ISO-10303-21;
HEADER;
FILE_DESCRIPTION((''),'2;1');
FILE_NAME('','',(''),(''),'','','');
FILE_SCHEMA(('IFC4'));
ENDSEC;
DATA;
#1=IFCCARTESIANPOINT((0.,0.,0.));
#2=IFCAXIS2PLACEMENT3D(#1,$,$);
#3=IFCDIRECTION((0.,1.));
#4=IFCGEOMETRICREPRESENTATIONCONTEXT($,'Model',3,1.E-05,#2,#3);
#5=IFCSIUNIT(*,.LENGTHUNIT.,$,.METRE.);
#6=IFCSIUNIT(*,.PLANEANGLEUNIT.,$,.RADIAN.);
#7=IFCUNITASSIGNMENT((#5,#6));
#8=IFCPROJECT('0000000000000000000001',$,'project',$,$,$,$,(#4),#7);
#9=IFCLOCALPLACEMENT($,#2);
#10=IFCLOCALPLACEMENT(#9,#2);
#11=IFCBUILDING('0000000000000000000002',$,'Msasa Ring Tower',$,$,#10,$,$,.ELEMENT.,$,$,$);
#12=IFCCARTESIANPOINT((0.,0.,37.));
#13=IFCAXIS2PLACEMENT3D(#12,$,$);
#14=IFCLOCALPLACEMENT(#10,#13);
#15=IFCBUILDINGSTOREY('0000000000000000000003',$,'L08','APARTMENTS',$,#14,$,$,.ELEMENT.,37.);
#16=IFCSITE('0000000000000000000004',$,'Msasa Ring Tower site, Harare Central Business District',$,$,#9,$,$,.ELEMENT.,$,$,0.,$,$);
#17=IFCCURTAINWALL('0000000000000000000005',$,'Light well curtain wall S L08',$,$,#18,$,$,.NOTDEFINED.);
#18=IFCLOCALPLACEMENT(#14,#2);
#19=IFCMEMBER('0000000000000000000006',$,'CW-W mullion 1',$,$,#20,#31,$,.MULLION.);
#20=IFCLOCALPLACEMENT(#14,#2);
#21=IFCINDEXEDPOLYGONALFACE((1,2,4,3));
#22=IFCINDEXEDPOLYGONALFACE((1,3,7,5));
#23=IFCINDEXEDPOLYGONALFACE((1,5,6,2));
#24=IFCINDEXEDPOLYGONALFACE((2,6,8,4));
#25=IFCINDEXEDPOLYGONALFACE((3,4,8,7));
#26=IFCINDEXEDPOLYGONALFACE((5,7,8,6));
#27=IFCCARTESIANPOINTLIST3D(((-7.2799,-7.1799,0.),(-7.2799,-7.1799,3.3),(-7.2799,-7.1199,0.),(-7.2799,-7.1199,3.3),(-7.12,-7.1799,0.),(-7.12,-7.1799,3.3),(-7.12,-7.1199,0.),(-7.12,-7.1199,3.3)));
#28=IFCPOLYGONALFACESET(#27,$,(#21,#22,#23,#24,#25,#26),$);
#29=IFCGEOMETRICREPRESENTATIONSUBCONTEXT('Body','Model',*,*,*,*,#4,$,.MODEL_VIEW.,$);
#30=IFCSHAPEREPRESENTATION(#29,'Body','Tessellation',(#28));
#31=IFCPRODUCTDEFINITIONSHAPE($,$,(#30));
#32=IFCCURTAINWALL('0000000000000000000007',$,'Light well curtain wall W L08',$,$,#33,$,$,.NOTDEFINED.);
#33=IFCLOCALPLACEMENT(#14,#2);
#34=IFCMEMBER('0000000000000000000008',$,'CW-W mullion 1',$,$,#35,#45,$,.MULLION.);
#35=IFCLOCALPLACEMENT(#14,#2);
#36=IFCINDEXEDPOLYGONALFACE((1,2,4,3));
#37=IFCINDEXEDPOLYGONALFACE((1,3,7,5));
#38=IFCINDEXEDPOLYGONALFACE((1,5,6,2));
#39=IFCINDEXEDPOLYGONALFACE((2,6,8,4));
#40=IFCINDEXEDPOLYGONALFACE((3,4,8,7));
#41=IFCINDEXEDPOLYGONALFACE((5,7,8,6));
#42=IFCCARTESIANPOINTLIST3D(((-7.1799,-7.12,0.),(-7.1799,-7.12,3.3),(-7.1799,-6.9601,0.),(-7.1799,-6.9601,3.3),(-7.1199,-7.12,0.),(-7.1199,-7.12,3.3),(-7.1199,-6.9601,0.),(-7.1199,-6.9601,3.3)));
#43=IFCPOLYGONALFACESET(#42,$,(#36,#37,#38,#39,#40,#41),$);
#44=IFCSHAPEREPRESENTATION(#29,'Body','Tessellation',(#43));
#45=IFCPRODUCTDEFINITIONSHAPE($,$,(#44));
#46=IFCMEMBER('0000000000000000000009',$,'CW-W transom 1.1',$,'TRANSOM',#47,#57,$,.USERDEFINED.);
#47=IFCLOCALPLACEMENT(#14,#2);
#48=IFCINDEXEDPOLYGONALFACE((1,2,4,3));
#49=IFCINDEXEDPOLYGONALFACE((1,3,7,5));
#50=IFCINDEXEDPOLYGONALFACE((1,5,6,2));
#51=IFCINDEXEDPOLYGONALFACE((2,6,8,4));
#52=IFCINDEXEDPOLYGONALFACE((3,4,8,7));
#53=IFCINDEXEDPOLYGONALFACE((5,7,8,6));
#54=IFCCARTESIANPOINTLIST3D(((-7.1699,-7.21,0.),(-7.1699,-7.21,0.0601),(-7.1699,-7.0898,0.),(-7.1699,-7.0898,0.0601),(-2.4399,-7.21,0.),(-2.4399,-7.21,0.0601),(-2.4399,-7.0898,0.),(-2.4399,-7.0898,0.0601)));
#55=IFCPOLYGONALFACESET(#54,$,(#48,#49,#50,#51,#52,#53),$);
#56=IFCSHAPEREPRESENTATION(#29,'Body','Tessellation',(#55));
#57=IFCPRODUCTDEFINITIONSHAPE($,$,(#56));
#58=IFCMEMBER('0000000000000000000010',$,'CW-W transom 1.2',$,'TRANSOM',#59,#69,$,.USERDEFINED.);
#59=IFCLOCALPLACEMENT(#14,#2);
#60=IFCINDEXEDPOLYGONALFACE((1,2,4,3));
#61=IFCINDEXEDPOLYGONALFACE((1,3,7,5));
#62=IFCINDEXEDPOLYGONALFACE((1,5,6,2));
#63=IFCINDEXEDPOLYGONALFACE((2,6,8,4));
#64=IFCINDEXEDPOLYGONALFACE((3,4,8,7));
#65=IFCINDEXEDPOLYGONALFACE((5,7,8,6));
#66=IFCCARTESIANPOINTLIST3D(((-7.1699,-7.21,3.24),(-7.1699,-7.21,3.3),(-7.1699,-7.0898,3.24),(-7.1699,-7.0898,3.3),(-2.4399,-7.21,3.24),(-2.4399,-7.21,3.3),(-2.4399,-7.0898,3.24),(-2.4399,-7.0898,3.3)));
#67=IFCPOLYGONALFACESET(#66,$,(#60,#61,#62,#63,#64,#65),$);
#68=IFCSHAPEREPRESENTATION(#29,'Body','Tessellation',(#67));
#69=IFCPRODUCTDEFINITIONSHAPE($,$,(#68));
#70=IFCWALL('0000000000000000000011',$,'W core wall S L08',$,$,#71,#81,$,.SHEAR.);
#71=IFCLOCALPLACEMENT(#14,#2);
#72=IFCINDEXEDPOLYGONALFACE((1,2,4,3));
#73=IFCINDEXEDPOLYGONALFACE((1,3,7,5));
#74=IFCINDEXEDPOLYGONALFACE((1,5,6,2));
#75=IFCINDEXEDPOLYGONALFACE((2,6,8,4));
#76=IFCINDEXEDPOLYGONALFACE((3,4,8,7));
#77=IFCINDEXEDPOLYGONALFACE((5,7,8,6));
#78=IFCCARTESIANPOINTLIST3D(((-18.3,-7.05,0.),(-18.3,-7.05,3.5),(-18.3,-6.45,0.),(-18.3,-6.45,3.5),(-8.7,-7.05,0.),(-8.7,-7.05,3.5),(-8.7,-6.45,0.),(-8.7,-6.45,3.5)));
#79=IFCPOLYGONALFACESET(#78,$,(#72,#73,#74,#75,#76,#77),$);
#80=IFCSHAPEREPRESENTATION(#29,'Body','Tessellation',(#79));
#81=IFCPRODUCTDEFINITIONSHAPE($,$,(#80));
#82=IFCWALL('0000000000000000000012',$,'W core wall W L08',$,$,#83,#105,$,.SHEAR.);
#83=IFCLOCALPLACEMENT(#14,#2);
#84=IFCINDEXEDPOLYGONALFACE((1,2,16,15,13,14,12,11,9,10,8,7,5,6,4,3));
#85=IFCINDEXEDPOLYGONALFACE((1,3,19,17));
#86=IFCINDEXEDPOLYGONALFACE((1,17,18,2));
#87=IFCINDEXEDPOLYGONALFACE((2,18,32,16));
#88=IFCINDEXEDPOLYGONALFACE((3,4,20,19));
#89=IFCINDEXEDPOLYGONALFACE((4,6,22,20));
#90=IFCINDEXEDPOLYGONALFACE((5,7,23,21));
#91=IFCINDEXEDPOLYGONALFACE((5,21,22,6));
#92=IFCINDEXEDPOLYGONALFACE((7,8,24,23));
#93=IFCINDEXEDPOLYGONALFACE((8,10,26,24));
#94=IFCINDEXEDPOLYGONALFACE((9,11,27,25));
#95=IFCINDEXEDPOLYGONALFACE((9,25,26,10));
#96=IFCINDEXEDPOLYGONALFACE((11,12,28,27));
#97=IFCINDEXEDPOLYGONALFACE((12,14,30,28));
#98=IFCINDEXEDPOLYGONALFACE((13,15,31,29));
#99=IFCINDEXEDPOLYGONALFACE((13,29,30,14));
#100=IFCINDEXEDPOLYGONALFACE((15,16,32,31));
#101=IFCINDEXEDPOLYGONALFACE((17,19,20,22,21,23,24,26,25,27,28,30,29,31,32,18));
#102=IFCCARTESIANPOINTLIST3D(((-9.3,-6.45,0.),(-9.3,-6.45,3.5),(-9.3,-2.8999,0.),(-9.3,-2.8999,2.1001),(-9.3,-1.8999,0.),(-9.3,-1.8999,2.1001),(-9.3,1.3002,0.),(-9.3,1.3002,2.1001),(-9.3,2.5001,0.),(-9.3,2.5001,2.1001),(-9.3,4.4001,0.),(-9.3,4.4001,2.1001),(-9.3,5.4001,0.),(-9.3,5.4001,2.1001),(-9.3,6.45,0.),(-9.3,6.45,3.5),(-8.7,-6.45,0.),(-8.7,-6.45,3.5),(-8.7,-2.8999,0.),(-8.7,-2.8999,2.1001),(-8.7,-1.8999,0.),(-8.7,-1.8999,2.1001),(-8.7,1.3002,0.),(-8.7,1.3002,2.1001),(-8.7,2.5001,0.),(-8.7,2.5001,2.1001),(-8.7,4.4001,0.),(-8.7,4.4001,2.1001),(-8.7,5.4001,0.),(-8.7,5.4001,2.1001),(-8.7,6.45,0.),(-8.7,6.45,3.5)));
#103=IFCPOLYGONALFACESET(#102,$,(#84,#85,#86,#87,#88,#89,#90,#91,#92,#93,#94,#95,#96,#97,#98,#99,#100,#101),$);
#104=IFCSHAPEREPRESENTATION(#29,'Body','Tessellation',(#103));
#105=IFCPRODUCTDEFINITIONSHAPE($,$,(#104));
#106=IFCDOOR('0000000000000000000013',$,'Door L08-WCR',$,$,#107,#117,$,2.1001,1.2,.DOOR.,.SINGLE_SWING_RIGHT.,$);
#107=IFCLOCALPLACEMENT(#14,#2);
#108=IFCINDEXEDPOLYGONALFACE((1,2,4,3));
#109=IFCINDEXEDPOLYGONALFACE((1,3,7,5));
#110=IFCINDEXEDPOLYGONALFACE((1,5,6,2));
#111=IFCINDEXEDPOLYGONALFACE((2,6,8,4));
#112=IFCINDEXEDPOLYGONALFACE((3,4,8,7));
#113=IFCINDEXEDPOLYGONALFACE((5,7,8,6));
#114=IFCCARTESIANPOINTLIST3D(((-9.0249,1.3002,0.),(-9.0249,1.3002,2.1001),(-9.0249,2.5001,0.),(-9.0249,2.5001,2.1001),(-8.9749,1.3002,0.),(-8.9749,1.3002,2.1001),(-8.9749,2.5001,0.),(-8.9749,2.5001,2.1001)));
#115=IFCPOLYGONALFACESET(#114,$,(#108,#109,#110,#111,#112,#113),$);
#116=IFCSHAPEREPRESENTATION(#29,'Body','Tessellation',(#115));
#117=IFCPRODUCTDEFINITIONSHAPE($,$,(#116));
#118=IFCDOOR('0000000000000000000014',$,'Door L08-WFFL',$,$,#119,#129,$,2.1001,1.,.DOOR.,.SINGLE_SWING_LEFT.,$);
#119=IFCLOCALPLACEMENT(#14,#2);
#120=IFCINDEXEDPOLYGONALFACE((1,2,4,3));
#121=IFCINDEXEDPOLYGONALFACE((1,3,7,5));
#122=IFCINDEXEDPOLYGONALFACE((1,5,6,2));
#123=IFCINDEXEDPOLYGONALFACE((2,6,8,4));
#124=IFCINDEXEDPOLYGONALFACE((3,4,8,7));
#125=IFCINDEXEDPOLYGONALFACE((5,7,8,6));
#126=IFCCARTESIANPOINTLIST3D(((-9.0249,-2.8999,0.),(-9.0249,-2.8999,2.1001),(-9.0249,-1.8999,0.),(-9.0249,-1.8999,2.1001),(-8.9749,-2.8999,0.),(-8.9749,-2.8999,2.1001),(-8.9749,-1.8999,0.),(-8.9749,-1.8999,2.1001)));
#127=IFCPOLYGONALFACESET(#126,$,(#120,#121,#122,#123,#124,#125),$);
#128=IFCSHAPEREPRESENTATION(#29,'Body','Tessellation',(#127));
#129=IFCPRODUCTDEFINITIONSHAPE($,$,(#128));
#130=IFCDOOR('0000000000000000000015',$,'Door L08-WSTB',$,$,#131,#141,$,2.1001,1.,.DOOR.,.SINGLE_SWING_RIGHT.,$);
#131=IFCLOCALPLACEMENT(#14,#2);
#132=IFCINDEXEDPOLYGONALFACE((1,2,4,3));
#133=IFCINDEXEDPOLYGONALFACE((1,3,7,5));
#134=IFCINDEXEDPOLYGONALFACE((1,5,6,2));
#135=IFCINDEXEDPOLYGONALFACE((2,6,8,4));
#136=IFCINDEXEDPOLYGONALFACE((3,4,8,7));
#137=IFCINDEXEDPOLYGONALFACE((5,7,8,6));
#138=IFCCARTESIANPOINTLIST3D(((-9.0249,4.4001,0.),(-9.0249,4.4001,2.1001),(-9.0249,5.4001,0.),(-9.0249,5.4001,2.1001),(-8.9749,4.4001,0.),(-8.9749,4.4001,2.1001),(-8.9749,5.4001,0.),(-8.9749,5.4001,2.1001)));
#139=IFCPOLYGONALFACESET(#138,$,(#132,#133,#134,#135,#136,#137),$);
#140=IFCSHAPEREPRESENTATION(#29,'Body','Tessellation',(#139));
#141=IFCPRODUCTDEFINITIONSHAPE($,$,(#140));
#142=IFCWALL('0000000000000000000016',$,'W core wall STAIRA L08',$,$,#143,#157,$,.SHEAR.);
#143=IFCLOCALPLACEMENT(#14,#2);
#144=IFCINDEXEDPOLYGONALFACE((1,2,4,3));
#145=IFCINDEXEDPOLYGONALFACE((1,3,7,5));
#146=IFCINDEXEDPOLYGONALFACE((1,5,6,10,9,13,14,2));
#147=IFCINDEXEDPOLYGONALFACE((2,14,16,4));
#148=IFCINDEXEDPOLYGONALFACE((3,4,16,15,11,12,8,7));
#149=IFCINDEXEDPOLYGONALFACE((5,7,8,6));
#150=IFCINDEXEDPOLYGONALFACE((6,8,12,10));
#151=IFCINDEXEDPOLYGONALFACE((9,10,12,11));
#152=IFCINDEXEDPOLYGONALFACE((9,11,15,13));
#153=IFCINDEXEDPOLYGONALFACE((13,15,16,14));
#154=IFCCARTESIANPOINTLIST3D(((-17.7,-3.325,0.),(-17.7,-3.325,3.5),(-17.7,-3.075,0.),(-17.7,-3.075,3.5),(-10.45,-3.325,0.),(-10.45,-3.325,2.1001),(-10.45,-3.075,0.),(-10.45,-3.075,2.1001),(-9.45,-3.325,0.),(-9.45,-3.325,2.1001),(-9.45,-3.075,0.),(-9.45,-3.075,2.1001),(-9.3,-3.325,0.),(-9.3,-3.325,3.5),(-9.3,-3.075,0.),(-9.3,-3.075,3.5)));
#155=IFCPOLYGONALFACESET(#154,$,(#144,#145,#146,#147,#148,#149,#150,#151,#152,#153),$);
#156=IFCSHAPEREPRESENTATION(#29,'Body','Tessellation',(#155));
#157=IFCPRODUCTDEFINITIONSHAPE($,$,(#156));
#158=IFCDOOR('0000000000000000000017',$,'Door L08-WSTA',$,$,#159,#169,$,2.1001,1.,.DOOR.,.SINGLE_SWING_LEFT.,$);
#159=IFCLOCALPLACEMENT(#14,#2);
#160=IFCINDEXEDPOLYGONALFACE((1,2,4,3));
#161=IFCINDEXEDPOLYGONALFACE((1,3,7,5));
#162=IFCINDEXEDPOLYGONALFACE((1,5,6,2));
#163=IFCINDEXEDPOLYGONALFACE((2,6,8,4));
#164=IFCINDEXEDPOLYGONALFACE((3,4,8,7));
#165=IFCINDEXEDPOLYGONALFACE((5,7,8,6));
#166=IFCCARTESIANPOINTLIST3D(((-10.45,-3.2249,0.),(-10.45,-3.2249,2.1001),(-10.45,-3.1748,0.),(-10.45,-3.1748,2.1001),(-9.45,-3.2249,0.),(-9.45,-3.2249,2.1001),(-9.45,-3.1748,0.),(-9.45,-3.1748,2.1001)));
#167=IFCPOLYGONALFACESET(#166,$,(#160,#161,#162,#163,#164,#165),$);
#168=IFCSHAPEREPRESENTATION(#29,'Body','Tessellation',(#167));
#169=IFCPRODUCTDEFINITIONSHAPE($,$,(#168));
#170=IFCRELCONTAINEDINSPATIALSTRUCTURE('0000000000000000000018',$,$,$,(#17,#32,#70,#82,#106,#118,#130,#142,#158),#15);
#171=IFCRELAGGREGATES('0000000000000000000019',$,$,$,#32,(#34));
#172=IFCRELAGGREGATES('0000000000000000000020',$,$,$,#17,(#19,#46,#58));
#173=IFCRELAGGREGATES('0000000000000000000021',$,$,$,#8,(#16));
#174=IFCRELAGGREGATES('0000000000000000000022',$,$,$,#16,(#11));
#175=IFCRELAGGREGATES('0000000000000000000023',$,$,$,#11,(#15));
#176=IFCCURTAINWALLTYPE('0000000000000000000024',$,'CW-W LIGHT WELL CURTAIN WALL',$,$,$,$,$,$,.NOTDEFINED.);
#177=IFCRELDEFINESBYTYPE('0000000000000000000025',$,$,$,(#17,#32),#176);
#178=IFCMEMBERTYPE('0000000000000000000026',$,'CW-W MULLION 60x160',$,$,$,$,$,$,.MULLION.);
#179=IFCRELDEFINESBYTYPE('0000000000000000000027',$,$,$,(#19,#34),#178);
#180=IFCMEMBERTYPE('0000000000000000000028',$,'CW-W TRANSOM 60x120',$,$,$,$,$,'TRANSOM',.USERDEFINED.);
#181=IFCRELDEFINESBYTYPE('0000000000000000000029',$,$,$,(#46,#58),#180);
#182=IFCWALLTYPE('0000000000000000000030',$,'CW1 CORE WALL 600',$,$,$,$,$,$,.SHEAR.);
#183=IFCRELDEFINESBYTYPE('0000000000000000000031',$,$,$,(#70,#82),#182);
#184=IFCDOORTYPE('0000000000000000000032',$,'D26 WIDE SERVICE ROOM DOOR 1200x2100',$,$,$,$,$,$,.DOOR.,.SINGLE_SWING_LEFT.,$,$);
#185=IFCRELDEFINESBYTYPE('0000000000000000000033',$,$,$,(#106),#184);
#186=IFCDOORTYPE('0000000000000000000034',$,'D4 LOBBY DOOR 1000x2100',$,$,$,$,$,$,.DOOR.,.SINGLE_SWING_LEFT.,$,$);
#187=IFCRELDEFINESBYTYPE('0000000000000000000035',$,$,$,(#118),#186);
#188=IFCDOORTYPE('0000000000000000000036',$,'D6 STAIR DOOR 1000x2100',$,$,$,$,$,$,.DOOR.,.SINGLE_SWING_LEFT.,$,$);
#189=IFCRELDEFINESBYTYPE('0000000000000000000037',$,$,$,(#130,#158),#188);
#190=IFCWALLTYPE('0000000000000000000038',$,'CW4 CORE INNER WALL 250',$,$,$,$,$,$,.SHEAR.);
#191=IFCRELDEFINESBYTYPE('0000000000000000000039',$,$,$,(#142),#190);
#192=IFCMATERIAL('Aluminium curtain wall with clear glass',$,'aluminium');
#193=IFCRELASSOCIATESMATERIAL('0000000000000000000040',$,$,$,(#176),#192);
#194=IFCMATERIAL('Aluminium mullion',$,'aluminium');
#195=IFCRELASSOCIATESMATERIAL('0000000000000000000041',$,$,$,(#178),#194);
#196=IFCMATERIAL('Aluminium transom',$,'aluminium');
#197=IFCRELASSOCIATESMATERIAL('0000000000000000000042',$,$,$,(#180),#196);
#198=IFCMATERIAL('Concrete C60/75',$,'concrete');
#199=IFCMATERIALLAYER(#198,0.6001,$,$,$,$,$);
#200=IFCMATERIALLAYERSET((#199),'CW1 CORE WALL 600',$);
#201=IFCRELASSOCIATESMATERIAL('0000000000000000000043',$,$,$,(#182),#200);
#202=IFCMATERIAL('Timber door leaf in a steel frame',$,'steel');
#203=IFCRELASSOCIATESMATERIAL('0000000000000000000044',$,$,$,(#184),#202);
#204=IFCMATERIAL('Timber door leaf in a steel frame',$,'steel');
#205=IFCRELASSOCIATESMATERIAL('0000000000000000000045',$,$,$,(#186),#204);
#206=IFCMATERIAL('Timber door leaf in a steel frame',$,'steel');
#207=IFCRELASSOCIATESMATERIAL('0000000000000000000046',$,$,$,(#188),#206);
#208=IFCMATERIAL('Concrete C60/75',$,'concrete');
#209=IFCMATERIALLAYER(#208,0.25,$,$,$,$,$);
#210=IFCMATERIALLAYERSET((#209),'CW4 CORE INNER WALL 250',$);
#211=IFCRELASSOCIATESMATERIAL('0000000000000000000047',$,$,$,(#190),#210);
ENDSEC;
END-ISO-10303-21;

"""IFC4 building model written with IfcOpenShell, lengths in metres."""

from ifc_helpers import new_model, si_unit, direction, frame, frame_2d, origin, origin_2d, place, context, subcontext, project, spatial, rectangle, extrude, material, layer, layer_set, material_profile, profile_set, type_object, element, fill, aggregate, save


model = new_model("IFC4")

# Units and contexts
model_context = context("Model", 3, precision=1e-05, world=origin(), true_north=direction((0.0, 1.0)))
body_context = subcontext(model_context, "Body", "Model", "MODEL_VIEW")
ifc_project = project(units=[si_unit("LENGTHUNIT", "METRE"), si_unit("PLANEANGLEUNIT", "RADIAN")], contexts=[model_context])

# Site, building, storey
site_placement = place(None, origin())
site = spatial("IfcSite", under=ifc_project, at=site_placement, Name="Msasa Ring Tower site, Harare Central Business District", CompositionType="ELEMENT", RefElevation=0.0)
building_placement = place(site_placement, origin())
building = spatial("IfcBuilding", under=site, at=building_placement, Name="Msasa Ring Tower", CompositionType="ELEMENT")
storey_placement = place(building_placement, frame((0.0, 0.0, 37.0)))
storey = spatial("IfcBuildingStorey", under=building, at=storey_placement, Name="L08", Description="APARTMENTS", CompositionType="ELEMENT", Elevation=37.0)

# Curtain walls, members
ifc_material_1 = material(Name="Aluminium curtain wall with clear glass", Category="aluminium")
curtain_wall_type = type_object("IfcCurtainWallType", Name="CW-W LIGHT WELL CURTAIN WALL", PredefinedType="NOTDEFINED", material=ifc_material_1)
curtain_wall_1_placement = place(storey_placement, origin())
curtain_wall_1 = element("IfcCurtainWall", 1, at=curtain_wall_1_placement, inside=storey, type_object=curtain_wall_type, Name="Light well curtain wall S L08", PredefinedType="NOTDEFINED")
ifc_material_2 = material(Name="Aluminium mullion", Category="aluminium")
ifc_material_profile_1 = material_profile(ifc_material_2, rectangle(XDim=0.0601, YDim=0.1599, at=origin_2d()), Name="AL 60x160")
ifc_profile_set_1 = profile_set([ifc_material_profile_1], Name="Aluminium mullion")
member_type_1 = type_object("IfcMemberType", Name="CW-W MULLION 60x160", PredefinedType="MULLION", material=ifc_profile_set_1)
member_1_placement = place(storey_placement, frame((-7.2, -7.1499, 0.0), z_axis=(0.0, 0.0, 1.0), x_axis=(0.0, 1.0, 0.0)))
member_1 = element("IfcMember", 2, at=member_1_placement, type_object=member_type_1, Name="CW-W mullion 1", PredefinedType="MULLION", context=body_context, shape_type="SweptSolid", body=[
    extrude(rectangle(XDim=0.0601, YDim=0.1599, at=origin_2d()), origin(), (0.0, 0.0, 1.0), 3.3),
])
curtain_wall_2_placement = place(storey_placement, origin())
curtain_wall_2 = element("IfcCurtainWall", 3, at=curtain_wall_2_placement, inside=storey, type_object=curtain_wall_type, Name="Light well curtain wall W L08", PredefinedType="NOTDEFINED")
member_2_placement = place(storey_placement, frame((-7.1499, -7.04, 0.0), z_axis=(0.0, 0.0, 1.0), x_axis=(-1.0, 0.0, 0.0)))
member_2 = element("IfcMember", 4, at=member_2_placement, type_object=member_type_1, Name="CW-W mullion 1", PredefinedType="MULLION", context=body_context, shape_type="SweptSolid", body=[
    extrude(rectangle(XDim=0.0601, YDim=0.1599, at=origin_2d()), origin(), (0.0, 0.0, 1.0), 3.3),
])
aggregate(curtain_wall_2, [member_2])

# Members
ifc_material_3 = material(Name="Aluminium transom", Category="aluminium")
ifc_material_profile_2 = material_profile(ifc_material_3, rectangle(XDim=0.1201, YDim=0.0601, at=origin_2d()), Name="AL 60x120")
ifc_profile_set_2 = profile_set([ifc_material_profile_2], Name="Aluminium transom")
member_type_2 = type_object("IfcMemberType", Name="CW-W TRANSOM 60x120", ElementType="TRANSOM", PredefinedType="USERDEFINED", material=ifc_profile_set_2)
member_3_placement = place(storey_placement, frame((-7.1699, -7.1499, 0.03), z_axis=(1.0, 0.0, 0.0), x_axis=(0.0, 1.0, 0.0)))
member_3 = element("IfcMember", 5, at=member_3_placement, type_object=member_type_2, Name="CW-W transom 1.1", ObjectType="TRANSOM", PredefinedType="USERDEFINED", context=body_context, shape_type="SweptSolid", body=[
    extrude(rectangle(XDim=0.1201, YDim=0.0601, at=origin_2d()), origin(), (0.0, 0.0, 1.0), 4.73),
])
member_4_placement = place(storey_placement, frame((-7.1699, -7.1499, 3.27), z_axis=(1.0, 0.0, 0.0), x_axis=(0.0, 1.0, 0.0)))
member_4 = element("IfcMember", 6, at=member_4_placement, type_object=member_type_2, Name="CW-W transom 1.2", ObjectType="TRANSOM", PredefinedType="USERDEFINED", context=body_context, shape_type="SweptSolid", body=[
    extrude(rectangle(XDim=0.1201, YDim=0.0601, at=origin_2d()), origin(), (0.0, 0.0, 1.0), 4.73),
])
aggregate(curtain_wall_1, [member_1, member_3, member_4])

# Wall
ifc_material_4 = material(Name="Concrete C60/75", Category="concrete")
ifc_layer_1 = layer(ifc_material_4, 0.6001)
ifc_layer_set_1 = layer_set([ifc_layer_1], Name="CW1 CORE WALL 600")
wall_type_1 = type_object("IfcWallType", Name="CW1 CORE WALL 600", PredefinedType="SHEAR", material=ifc_layer_set_1)
wall_1_placement = place(storey_placement, frame((-8.7, -6.75, 0.0), z_axis=(0.0, 0.0, 1.0), x_axis=(-1.0, 0.0, 0.0)))
element("IfcWall", 7, at=wall_1_placement, inside=storey, type_object=wall_type_1, Name="W core wall S L08", PredefinedType="SHEAR", context=body_context, shape_type="SweptSolid", body=[
    extrude(rectangle(XDim=9.6001, YDim=0.6001, at=frame_2d((4.8, 0.0))), origin(), (0.0, 0.0, 1.0), 3.5),
])

# Wall, openings, doors
wall_2_placement = place(storey_placement, frame((-9.0, -6.45, 0.0), z_axis=(0.0, 0.0, 1.0), x_axis=(0.0, 1.0, 0.0)))
wall_2 = element("IfcWall", 8, at=wall_2_placement, inside=storey, type_object=wall_type_1, Name="W core wall W L08", PredefinedType="SHEAR", context=body_context, shape_type="SweptSolid", body=[
    extrude(rectangle(XDim=12.8999, YDim=0.6001, at=frame_2d((6.45, 0.0))), origin(), (0.0, 0.0, 1.0), 3.5),
])
opening_1_placement = place(wall_2_placement, frame((3.55, 0.0, 0.0)))
opening_1 = element("IfcOpeningElement", 9, at=opening_1_placement, cuts=wall_2, PredefinedType="OPENING", context=body_context, shape_type="SweptSolid", body=[
    extrude(rectangle(XDim=1.0, YDim=2.1001, at=frame_2d((0.5, 1.05))), frame((0.0, 0.3101, 0.0), z_axis=(0.0, -1.0, 0.0), x_axis=(1.0, 0.0, 0.0)), (0.0, 0.0, 1.0), 0.6201),
])
opening_2_placement = place(wall_2_placement, frame((7.75, 0.0, 0.0)))
opening_2 = element("IfcOpeningElement", 10, at=opening_2_placement, cuts=wall_2, PredefinedType="OPENING", context=body_context, shape_type="SweptSolid", body=[
    extrude(rectangle(XDim=1.2, YDim=2.1001, at=frame_2d((0.6001, 1.05))), frame((0.0, 0.3101, 0.0), z_axis=(0.0, -1.0, 0.0), x_axis=(1.0, 0.0, 0.0)), (0.0, 0.0, 1.0), 0.6201),
])
opening_3_placement = place(wall_2_placement, frame((10.8501, 0.0, 0.0)))
opening_3 = element("IfcOpeningElement", 11, at=opening_3_placement, cuts=wall_2, PredefinedType="OPENING", context=body_context, shape_type="SweptSolid", body=[
    extrude(rectangle(XDim=1.0, YDim=2.1001, at=frame_2d((0.5, 1.05))), frame((0.0, 0.3101, 0.0), z_axis=(0.0, -1.0, 0.0), x_axis=(1.0, 0.0, 0.0)), (0.0, 0.0, 1.0), 0.6201),
])
ifc_material_5 = material(Name="Timber door leaf in a steel frame", Category="steel")
door_type_1 = type_object("IfcDoorType", Name="D26 WIDE SERVICE ROOM DOOR 1200x2100", OperationType="SINGLE_SWING_LEFT", PredefinedType="DOOR", material=ifc_material_5)
door_1_placement = place(opening_2_placement, origin())
door_1 = element("IfcDoor", 12, at=door_1_placement, inside=storey, type_object=door_type_1, Name="Door L08-WCR", OperationType="SINGLE_SWING_RIGHT", OverallHeight=2.1001, OverallWidth=1.2, PredefinedType="DOOR", context=body_context, shape_type="SweptSolid", body=[
    extrude(rectangle(XDim=1.2, YDim=2.1001, at=frame_2d((0.6001, 1.05))), frame((0.0, 0.0249, 0.0), z_axis=(0.0, -1.0, 0.0), x_axis=(1.0, 0.0, 0.0)), (0.0, 0.0, 1.0), 0.05),
])
fill(opening_2, door_1)
ifc_material_6 = material(Name="Timber door leaf in a steel frame", Category="steel")
door_type_2 = type_object("IfcDoorType", Name="D4 LOBBY DOOR 1000x2100", OperationType="SINGLE_SWING_LEFT", PredefinedType="DOOR", material=ifc_material_6)
door_2_placement = place(opening_1_placement, origin())
door_2 = element("IfcDoor", 13, at=door_2_placement, inside=storey, type_object=door_type_2, Name="Door L08-WFFL", OperationType="SINGLE_SWING_LEFT", OverallHeight=2.1001, OverallWidth=1.0, PredefinedType="DOOR", context=body_context, shape_type="SweptSolid", body=[
    extrude(rectangle(XDim=1.0, YDim=2.1001, at=frame_2d((0.5, 1.05))), frame((0.0, 0.0249, 0.0), z_axis=(0.0, -1.0, 0.0), x_axis=(1.0, 0.0, 0.0)), (0.0, 0.0, 1.0), 0.05),
])
fill(opening_1, door_2)
ifc_material_7 = material(Name="Timber door leaf in a steel frame", Category="steel")
door_type_3 = type_object("IfcDoorType", Name="D6 STAIR DOOR 1000x2100", OperationType="SINGLE_SWING_LEFT", PredefinedType="DOOR", material=ifc_material_7)
door_3_placement = place(opening_3_placement, origin())
door_3 = element("IfcDoor", 14, at=door_3_placement, inside=storey, type_object=door_type_3, Name="Door L08-WSTB", OperationType="SINGLE_SWING_RIGHT", OverallHeight=2.1001, OverallWidth=1.0, PredefinedType="DOOR", context=body_context, shape_type="SweptSolid", body=[
    extrude(rectangle(XDim=1.0, YDim=2.1001, at=frame_2d((0.5, 1.05))), frame((0.0, 0.0249, 0.0), z_axis=(0.0, -1.0, 0.0), x_axis=(1.0, 0.0, 0.0)), (0.0, 0.0, 1.0), 0.05),
])
fill(opening_3, door_3)

# Wall, opening, door
ifc_material_8 = material(Name="Concrete C60/75", Category="concrete")
ifc_layer_2 = layer(ifc_material_8, 0.25)
ifc_layer_set_2 = layer_set([ifc_layer_2], Name="CW4 CORE INNER WALL 250")
wall_type_2 = type_object("IfcWallType", Name="CW4 CORE INNER WALL 250", PredefinedType="SHEAR", material=ifc_layer_set_2)
wall_3_placement = place(storey_placement, frame((-9.3, -3.2, 0.0), z_axis=(0.0, 0.0, 1.0), x_axis=(-1.0, 0.0, 0.0)))
wall_3 = element("IfcWall", 15, at=wall_3_placement, inside=storey, type_object=wall_type_2, Name="W core wall STAIRA L08", PredefinedType="SHEAR", context=body_context, shape_type="SweptSolid", body=[
    extrude(rectangle(XDim=8.3999, YDim=0.25, at=frame_2d((4.2, 0.0))), origin(), (0.0, 0.0, 1.0), 3.5),
])
opening_4_placement = place(wall_3_placement, frame((0.1499, 0.0, 0.0)))
opening_4 = element("IfcOpeningElement", 16, at=opening_4_placement, cuts=wall_3, PredefinedType="OPENING", context=body_context, shape_type="SweptSolid", body=[
    extrude(rectangle(XDim=1.0, YDim=2.1001, at=frame_2d((0.5, 1.05))), frame((0.0, 0.135, 0.0), z_axis=(0.0, -1.0, 0.0), x_axis=(1.0, 0.0, 0.0)), (0.0, 0.0, 1.0), 0.27),
])
door_4_placement = place(opening_4_placement, origin())
door_4 = element("IfcDoor", 17, at=door_4_placement, inside=storey, type_object=door_type_3, Name="Door L08-WSTA", OperationType="SINGLE_SWING_LEFT", OverallHeight=2.1001, OverallWidth=1.0, PredefinedType="DOOR", context=body_context, shape_type="SweptSolid", body=[
    extrude(rectangle(XDim=1.0, YDim=2.1001, at=frame_2d((0.5, 1.05))), frame((0.0, 0.0249, 0.0), z_axis=(0.0, -1.0, 0.0), x_axis=(1.0, 0.0, 0.0)), (0.0, 0.0, 1.0), 0.05),
])
fill(opening_4, door_4)

save(model, "model.ifc")
